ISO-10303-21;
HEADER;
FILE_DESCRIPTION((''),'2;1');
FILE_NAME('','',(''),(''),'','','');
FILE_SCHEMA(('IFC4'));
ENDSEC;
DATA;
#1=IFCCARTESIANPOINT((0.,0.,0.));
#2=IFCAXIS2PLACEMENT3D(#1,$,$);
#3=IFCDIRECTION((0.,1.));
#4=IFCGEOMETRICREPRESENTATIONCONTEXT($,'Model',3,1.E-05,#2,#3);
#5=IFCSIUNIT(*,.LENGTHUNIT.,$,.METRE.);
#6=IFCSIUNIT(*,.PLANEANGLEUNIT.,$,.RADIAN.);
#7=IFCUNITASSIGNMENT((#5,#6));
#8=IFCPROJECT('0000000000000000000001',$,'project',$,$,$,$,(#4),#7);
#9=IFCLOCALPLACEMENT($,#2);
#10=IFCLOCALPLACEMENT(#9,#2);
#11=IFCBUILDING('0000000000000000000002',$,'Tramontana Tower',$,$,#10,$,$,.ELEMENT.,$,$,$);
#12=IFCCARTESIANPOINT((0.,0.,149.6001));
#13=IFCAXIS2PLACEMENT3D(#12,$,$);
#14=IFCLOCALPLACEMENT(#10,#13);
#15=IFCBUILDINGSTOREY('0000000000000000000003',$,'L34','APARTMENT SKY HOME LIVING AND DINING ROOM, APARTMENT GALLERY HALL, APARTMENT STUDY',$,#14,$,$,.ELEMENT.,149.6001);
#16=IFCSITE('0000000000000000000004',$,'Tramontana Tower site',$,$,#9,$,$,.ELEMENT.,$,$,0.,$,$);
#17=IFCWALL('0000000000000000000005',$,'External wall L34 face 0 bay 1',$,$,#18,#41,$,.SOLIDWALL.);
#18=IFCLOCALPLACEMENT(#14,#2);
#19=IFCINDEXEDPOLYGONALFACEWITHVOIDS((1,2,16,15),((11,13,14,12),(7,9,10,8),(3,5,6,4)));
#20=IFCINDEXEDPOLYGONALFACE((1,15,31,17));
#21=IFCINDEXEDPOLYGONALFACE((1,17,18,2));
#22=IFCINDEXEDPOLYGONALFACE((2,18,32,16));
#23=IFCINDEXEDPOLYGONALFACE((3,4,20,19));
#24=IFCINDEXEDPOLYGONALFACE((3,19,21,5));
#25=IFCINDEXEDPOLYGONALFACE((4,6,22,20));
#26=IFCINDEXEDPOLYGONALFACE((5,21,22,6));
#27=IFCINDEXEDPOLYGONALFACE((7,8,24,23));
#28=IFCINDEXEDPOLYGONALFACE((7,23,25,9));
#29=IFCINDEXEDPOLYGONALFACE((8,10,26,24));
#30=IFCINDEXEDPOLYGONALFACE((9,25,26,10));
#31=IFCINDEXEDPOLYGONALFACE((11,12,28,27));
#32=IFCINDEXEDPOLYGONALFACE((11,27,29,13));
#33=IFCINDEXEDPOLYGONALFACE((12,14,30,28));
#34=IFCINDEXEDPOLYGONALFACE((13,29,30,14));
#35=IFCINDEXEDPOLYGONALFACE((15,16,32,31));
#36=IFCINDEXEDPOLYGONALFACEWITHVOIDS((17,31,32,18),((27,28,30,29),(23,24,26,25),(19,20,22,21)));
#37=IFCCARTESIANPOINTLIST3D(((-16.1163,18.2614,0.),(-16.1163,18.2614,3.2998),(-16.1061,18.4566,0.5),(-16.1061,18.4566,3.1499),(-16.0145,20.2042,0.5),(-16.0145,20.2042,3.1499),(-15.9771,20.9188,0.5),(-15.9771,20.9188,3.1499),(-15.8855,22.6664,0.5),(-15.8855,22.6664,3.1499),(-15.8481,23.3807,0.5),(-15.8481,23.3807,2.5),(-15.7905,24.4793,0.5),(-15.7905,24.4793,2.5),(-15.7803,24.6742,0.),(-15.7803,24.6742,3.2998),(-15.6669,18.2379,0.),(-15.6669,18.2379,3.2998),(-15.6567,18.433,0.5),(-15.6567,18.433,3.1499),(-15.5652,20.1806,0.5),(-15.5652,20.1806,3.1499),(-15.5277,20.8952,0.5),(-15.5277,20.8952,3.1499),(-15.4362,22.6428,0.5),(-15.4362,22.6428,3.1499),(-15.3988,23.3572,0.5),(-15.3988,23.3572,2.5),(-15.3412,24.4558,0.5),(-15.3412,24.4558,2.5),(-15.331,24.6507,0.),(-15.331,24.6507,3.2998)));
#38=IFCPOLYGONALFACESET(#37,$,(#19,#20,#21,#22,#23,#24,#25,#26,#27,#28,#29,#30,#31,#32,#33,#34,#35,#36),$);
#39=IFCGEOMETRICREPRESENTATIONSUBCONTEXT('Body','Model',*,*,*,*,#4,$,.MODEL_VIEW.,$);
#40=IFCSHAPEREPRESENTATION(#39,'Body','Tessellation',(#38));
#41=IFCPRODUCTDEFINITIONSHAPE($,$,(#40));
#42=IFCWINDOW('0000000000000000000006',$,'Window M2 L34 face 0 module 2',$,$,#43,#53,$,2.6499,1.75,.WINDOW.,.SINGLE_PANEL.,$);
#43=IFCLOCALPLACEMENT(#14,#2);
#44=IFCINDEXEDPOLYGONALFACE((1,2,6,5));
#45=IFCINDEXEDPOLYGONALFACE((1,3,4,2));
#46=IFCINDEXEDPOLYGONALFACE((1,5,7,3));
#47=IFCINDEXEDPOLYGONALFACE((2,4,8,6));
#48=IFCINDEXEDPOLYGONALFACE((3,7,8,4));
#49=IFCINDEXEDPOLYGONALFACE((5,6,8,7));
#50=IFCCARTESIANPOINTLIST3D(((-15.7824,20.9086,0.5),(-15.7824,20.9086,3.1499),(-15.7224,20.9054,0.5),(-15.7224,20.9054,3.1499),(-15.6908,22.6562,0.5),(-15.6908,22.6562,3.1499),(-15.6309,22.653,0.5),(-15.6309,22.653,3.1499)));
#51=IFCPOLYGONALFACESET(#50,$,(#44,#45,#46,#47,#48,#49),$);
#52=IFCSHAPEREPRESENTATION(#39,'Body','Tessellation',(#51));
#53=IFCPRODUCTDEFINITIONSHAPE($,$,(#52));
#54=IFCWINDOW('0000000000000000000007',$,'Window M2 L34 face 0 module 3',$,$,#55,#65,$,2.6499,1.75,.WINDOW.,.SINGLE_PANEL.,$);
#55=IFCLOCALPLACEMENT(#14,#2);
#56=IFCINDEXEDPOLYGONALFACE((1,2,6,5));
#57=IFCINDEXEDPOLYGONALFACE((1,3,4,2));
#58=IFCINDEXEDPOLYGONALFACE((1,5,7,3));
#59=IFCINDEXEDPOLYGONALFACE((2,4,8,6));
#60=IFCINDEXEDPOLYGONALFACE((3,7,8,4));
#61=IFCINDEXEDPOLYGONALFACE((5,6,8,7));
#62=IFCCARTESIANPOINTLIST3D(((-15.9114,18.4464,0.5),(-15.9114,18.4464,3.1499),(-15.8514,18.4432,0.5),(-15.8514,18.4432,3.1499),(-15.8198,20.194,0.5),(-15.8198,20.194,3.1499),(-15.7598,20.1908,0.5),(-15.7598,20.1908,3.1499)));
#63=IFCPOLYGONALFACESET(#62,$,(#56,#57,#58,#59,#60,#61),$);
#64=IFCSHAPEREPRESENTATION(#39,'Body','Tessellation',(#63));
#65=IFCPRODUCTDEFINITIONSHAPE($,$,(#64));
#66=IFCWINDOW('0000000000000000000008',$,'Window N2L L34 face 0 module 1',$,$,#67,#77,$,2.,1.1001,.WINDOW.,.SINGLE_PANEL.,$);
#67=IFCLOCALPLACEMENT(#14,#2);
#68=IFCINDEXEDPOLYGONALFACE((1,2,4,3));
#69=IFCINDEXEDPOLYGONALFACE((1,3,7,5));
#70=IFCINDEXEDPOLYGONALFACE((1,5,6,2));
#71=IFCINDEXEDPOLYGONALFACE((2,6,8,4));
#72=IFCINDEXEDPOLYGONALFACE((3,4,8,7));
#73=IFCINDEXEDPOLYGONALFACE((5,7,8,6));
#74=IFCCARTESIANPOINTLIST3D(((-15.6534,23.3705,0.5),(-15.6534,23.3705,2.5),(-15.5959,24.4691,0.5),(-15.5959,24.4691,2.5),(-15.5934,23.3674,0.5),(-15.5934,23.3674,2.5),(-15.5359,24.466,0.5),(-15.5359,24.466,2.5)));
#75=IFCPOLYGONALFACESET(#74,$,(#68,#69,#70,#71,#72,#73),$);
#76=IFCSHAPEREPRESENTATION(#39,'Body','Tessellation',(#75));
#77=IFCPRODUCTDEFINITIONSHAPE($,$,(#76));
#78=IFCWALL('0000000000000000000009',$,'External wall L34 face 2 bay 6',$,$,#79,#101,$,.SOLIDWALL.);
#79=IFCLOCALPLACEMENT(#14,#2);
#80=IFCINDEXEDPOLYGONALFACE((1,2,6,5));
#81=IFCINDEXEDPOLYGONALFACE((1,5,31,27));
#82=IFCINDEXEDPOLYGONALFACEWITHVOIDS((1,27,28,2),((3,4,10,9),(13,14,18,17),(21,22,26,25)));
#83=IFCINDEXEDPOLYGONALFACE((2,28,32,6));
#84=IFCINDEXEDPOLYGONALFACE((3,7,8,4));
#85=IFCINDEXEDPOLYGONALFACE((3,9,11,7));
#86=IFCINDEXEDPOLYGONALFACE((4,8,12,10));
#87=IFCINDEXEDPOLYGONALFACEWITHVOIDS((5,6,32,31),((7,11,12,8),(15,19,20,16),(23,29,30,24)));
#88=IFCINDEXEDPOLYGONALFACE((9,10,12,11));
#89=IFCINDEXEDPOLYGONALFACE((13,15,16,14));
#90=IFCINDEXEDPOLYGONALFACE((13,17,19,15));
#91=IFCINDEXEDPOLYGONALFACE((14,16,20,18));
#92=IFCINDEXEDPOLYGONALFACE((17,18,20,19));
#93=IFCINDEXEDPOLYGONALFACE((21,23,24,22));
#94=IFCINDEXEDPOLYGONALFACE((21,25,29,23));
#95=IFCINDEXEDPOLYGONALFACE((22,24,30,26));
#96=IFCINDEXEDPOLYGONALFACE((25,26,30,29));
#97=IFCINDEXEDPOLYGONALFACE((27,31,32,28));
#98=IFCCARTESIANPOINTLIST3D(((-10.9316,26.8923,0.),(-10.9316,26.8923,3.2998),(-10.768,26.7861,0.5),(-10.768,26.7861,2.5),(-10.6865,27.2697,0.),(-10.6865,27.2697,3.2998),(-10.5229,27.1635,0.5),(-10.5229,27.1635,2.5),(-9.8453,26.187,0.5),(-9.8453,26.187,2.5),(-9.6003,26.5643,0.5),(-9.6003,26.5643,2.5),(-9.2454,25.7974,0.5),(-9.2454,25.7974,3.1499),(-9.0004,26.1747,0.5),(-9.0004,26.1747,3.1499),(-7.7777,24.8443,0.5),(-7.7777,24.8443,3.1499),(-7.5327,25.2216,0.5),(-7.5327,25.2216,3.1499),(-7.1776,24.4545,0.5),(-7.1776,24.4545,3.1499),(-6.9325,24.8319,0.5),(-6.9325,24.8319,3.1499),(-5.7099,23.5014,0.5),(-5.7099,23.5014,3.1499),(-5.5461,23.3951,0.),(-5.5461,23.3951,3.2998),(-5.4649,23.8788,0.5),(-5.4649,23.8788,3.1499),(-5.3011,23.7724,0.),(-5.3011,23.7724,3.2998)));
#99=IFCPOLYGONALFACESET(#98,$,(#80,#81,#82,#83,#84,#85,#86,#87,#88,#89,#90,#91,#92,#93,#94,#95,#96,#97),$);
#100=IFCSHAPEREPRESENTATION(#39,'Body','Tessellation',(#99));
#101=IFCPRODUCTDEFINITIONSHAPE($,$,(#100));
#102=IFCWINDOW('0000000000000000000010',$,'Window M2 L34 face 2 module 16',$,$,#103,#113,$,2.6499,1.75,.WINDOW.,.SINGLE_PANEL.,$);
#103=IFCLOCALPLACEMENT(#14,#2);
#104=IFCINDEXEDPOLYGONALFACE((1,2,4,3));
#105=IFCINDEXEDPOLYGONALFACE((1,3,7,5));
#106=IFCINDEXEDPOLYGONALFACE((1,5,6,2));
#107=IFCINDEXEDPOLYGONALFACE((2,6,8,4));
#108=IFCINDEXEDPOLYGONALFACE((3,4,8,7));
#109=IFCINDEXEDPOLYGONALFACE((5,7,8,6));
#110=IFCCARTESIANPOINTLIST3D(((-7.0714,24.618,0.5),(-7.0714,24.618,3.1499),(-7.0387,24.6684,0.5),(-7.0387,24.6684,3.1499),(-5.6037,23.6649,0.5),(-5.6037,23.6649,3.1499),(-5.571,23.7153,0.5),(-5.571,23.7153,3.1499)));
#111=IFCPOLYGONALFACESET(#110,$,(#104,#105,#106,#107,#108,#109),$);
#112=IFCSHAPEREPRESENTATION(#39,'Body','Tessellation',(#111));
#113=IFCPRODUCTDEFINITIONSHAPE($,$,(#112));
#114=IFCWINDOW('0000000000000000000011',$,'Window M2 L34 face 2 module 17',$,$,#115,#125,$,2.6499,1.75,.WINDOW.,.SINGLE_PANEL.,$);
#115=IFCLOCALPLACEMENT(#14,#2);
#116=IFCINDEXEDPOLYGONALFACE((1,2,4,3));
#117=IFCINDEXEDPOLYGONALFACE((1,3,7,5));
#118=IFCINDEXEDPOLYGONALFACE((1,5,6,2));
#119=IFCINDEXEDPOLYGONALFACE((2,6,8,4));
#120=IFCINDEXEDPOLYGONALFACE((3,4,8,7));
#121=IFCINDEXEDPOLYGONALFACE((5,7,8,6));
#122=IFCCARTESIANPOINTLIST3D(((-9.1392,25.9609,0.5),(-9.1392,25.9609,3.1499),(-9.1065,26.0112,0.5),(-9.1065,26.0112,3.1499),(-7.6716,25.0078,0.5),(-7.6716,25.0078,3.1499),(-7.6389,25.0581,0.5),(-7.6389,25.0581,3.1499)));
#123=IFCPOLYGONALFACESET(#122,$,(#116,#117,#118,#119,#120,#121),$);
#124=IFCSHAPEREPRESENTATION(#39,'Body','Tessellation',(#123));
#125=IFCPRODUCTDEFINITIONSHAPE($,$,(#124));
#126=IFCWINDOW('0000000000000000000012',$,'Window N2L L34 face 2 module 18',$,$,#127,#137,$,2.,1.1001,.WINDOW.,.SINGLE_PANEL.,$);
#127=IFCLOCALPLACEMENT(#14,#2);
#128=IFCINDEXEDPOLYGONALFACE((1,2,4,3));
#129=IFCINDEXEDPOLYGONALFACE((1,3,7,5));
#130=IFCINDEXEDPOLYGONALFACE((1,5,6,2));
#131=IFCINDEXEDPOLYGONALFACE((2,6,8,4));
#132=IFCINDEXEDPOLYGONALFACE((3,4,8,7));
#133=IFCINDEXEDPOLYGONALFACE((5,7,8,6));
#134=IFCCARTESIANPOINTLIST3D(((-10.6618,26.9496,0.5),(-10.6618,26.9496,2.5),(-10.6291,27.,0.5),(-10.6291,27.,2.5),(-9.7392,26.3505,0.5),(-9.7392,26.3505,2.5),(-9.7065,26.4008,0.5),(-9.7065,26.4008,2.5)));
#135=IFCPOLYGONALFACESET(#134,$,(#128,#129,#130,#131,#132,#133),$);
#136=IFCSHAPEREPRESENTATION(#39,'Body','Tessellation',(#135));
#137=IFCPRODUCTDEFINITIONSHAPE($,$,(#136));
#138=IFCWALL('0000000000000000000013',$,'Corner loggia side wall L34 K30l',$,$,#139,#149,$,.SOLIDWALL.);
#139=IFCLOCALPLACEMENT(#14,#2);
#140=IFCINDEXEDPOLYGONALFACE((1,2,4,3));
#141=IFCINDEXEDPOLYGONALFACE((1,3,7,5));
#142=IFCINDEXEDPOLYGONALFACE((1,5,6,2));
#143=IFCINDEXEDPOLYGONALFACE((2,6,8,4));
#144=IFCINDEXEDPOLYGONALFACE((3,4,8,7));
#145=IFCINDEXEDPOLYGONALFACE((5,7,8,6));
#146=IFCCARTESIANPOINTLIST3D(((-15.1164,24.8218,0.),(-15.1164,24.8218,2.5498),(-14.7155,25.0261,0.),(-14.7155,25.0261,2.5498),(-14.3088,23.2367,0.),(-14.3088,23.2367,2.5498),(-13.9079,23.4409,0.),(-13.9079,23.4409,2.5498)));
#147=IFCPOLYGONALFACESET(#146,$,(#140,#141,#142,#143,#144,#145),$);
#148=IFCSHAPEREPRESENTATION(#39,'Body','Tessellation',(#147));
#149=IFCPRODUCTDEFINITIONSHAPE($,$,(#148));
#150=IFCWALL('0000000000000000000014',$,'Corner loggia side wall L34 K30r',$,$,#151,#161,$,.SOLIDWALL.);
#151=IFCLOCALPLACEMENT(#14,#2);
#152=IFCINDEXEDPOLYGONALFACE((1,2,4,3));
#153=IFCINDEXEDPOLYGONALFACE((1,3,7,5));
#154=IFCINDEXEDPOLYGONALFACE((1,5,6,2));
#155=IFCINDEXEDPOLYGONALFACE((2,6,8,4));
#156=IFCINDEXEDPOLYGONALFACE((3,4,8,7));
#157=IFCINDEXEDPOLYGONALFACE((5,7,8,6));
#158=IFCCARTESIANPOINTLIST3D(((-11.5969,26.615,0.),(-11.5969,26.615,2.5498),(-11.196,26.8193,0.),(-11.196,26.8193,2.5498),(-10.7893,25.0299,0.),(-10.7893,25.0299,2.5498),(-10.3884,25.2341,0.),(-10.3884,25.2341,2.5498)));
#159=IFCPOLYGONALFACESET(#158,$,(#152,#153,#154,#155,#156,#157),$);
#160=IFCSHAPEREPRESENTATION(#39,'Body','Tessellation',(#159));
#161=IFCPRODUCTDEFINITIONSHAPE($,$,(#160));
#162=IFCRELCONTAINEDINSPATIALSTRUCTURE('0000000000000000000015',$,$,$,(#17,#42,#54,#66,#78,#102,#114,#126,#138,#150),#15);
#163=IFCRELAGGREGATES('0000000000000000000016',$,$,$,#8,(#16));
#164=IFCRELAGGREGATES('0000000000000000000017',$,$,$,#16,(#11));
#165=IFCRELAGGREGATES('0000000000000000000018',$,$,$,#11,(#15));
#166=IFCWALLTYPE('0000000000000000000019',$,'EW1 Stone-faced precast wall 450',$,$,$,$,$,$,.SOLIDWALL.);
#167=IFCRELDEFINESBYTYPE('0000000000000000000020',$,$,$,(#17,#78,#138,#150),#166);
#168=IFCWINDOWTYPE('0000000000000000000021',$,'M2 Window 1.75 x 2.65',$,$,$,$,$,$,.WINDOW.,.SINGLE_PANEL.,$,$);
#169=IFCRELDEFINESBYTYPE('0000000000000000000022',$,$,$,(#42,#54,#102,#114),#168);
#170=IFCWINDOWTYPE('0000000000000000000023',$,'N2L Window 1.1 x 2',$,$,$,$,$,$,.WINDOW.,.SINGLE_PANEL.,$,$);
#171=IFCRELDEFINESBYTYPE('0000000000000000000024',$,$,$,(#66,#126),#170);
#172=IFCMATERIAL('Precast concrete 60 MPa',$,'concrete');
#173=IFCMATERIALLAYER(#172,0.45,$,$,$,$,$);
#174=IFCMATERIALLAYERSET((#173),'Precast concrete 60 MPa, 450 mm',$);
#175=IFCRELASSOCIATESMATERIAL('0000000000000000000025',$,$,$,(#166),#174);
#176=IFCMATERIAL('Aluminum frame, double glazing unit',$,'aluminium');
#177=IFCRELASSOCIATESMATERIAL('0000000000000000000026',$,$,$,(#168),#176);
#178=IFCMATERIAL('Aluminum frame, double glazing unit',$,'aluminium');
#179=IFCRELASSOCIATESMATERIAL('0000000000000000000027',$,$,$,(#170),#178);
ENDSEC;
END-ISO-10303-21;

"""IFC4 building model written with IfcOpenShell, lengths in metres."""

from ifc_helpers import new_model, si_unit, direction, frame, frame_2d, origin, place, context, subcontext, project, spatial, rectangle, extrude, material, layer, layer_set, type_object, element, fill, save


model = new_model("IFC4")

# Units and contexts
model_context = context("Model", 3, precision=1e-05, world=origin(), true_north=direction((0.0, 1.0)))
body_context = subcontext(model_context, "Body", "Model", "MODEL_VIEW")
ifc_project = project(units=[si_unit("LENGTHUNIT", "METRE"), si_unit("PLANEANGLEUNIT", "RADIAN")], contexts=[model_context])

# Site, building, storey
site_placement = place(None, origin())
site = spatial("IfcSite", under=ifc_project, at=site_placement, Name="Tramontana Tower site", CompositionType="ELEMENT", RefElevation=0.0)
building_placement = place(site_placement, origin())
building = spatial("IfcBuilding", under=site, at=building_placement, Name="Tramontana Tower", CompositionType="ELEMENT")
storey_placement = place(building_placement, frame((0.0, 0.0, 149.6001)))
storey = spatial("IfcBuildingStorey", under=building, at=storey_placement, Name="L34", Description="APARTMENT SKY HOME LIVING AND DINING ROOM, APARTMENT GALLERY HALL, APARTMENT STUDY", CompositionType="ELEMENT", Elevation=149.6001)

# Walls, openings, windows
ifc_material_1 = material(Name="Precast concrete 60 MPa", Category="concrete")
ifc_layer_1 = layer(ifc_material_1, 0.45)
ifc_layer_set_1 = layer_set([ifc_layer_1], Name="Precast concrete 60 MPa, 450 mm")
wall_type_1 = type_object("IfcWallType", Name="EW1 Stone-faced precast wall 450", PredefinedType="SOLIDWALL", material=ifc_layer_set_1)
wall_1_placement = place(storey_placement, frame((-15.5557, 24.6626, 0.0), z_axis=(0.0, 0.0, 1.0), x_axis=(-0.052313, -0.998631, 0.0)))
wall_1 = element("IfcWall", 1, at=wall_1_placement, inside=storey, type_object=wall_type_1, Name="External wall L34 face 0 bay 1", PredefinedType="SOLIDWALL", context=body_context, shape_type="SweptSolid", body=[
    extrude(rectangle(XDim=6.4216, YDim=0.45, at=frame_2d((3.2109, 0.0))), origin(), (0.0, 0.0, 1.0), 3.2998),
])
opening_1_placement = place(wall_1_placement, frame((0.1953, 0.0, 0.5)))
opening_1 = element("IfcOpeningElement", 2, at=opening_1_placement, cuts=wall_1, PredefinedType="OPENING", context=body_context, shape_type="SweptSolid", body=[
    extrude(rectangle(XDim=1.1001, YDim=2.0, at=frame_2d((0.55, 1.0))), frame((0.0, 0.2349, 0.0), z_axis=(0.0, -1.0, 0.0), x_axis=(1.0, 0.0, 0.0)), (0.0, 0.0, 1.0), 0.47),
])
opening_2_placement = place(wall_1_placement, frame((2.0107, 0.0, 0.5)))
opening_2 = element("IfcOpeningElement", 3, at=opening_2_placement, cuts=wall_1, PredefinedType="OPENING", context=body_context, shape_type="SweptSolid", body=[
    extrude(rectangle(XDim=1.75, YDim=2.6499, at=frame_2d((0.875, 1.325))), frame((0.0, 0.2349, 0.0), z_axis=(0.0, -1.0, 0.0), x_axis=(1.0, 0.0, 0.0)), (0.0, 0.0, 1.0), 0.47),
])
opening_3_placement = place(wall_1_placement, frame((4.4763, 0.0, 0.5)))
opening_3 = element("IfcOpeningElement", 4, at=opening_3_placement, cuts=wall_1, PredefinedType="OPENING", context=body_context, shape_type="SweptSolid", body=[
    extrude(rectangle(XDim=1.75, YDim=2.6499, at=frame_2d((0.875, 1.325))), frame((0.0, 0.2349, 0.0), z_axis=(0.0, -1.0, 0.0), x_axis=(1.0, 0.0, 0.0)), (0.0, 0.0, 1.0), 0.47),
])
ifc_material_2 = material(Name="Aluminum frame, double glazing unit", Category="aluminium")
window_type_1 = type_object("IfcWindowType", Name="M2 Window 1.75 x 2.65", PartitioningType="SINGLE_PANEL", PredefinedType="WINDOW", material=ifc_material_2)
window_1_placement = place(opening_2_placement, origin())
window_1 = element("IfcWindow", 5, at=window_1_placement, inside=storey, type_object=window_type_1, Name="Window M2 L34 face 0 module 2", OverallHeight=2.6499, OverallWidth=1.75, PartitioningType="SINGLE_PANEL", PredefinedType="WINDOW", context=body_context, shape_type="SweptSolid", body=[
    extrude(rectangle(XDim=1.75, YDim=2.6499, at=frame_2d((0.875, 1.325))), frame((0.0, 0.03, 0.0), z_axis=(0.0, -1.0, 0.0), x_axis=(1.0, 0.0, 0.0)), (0.0, 0.0, 1.0), 0.0601),
])
fill(opening_2, window_1)
window_2_placement = place(opening_3_placement, origin())
window_2 = element("IfcWindow", 6, at=window_2_placement, inside=storey, type_object=window_type_1, Name="Window M2 L34 face 0 module 3", OverallHeight=2.6499, OverallWidth=1.75, PartitioningType="SINGLE_PANEL", PredefinedType="WINDOW", context=body_context, shape_type="SweptSolid", body=[
    extrude(rectangle(XDim=1.75, YDim=2.6499, at=frame_2d((0.875, 1.325))), frame((0.0, 0.03, 0.0), z_axis=(0.0, -1.0, 0.0), x_axis=(1.0, 0.0, 0.0)), (0.0, 0.0, 1.0), 0.0601),
])
fill(opening_3, window_2)
ifc_material_3 = material(Name="Aluminum frame, double glazing unit", Category="aluminium")
window_type_2 = type_object("IfcWindowType", Name="N2L Window 1.1 x 2", PartitioningType="SINGLE_PANEL", PredefinedType="WINDOW", material=ifc_material_3)
window_3_placement = place(opening_1_placement, origin())
window_3 = element("IfcWindow", 7, at=window_3_placement, inside=storey, type_object=window_type_2, Name="Window N2L L34 face 0 module 1", OverallHeight=2.0, OverallWidth=1.1001, PartitioningType="SINGLE_PANEL", PredefinedType="WINDOW", context=body_context, shape_type="SweptSolid", body=[
    extrude(rectangle(XDim=1.1001, YDim=2.0, at=frame_2d((0.55, 1.0))), frame((0.0, 0.03, 0.0), z_axis=(0.0, -1.0, 0.0), x_axis=(1.0, 0.0, 0.0)), (0.0, 0.0, 1.0), 0.0601),
])
fill(opening_1, window_3)
wall_2_placement = place(storey_placement, frame((-5.4236, 23.5837, 0.0), z_axis=(0.0, 0.0, 1.0), x_axis=(-0.838675, 0.544631, 0.0)))
wall_2 = element("IfcWall", 8, at=wall_2_placement, inside=storey, type_object=wall_type_1, Name="External wall L34 face 2 bay 6", PredefinedType="SOLIDWALL", context=body_context, shape_type="SweptSolid", body=[
    extrude(rectangle(XDim=6.4214, YDim=0.45, at=frame_2d((3.2107, 0.0))), origin(), (0.0, 0.0, 1.0), 3.2998),
])
opening_4_placement = place(wall_2_placement, frame((0.1953, 0.0, 0.5)))
opening_4 = element("IfcOpeningElement", 9, at=opening_4_placement, cuts=wall_2, PredefinedType="OPENING", context=body_context, shape_type="SweptSolid", body=[
    extrude(rectangle(XDim=1.75, YDim=2.6499, at=frame_2d((0.875, 1.325))), frame((0.0, 0.2349, 0.0), z_axis=(0.0, -1.0, 0.0), x_axis=(1.0, 0.0, 0.0)), (0.0, 0.0, 1.0), 0.47),
])
opening_5_placement = place(wall_2_placement, frame((2.6609, 0.0, 0.5)))
opening_5 = element("IfcOpeningElement", 10, at=opening_5_placement, cuts=wall_2, PredefinedType="OPENING", context=body_context, shape_type="SweptSolid", body=[
    extrude(rectangle(XDim=1.75, YDim=2.6499, at=frame_2d((0.875, 1.325))), frame((0.0, 0.2349, 0.0), z_axis=(0.0, -1.0, 0.0), x_axis=(1.0, 0.0, 0.0)), (0.0, 0.0, 1.0), 0.47),
])
opening_6_placement = place(wall_2_placement, frame((5.1262, 0.0, 0.5)))
opening_6 = element("IfcOpeningElement", 11, at=opening_6_placement, cuts=wall_2, PredefinedType="OPENING", context=body_context, shape_type="SweptSolid", body=[
    extrude(rectangle(XDim=1.1001, YDim=2.0, at=frame_2d((0.55, 1.0))), frame((0.0, 0.2349, 0.0), z_axis=(0.0, -1.0, 0.0), x_axis=(1.0, 0.0, 0.0)), (0.0, 0.0, 1.0), 0.47),
])
window_4_placement = place(opening_4_placement, origin())
window_4 = element("IfcWindow", 12, at=window_4_placement, inside=storey, type_object=window_type_1, Name="Window M2 L34 face 2 module 16", OverallHeight=2.6499, OverallWidth=1.75, PartitioningType="SINGLE_PANEL", PredefinedType="WINDOW", context=body_context, shape_type="SweptSolid", body=[
    extrude(rectangle(XDim=1.75, YDim=2.6499, at=frame_2d((0.875, 1.325))), frame((0.0, 0.03, 0.0), z_axis=(0.0, -1.0, 0.0), x_axis=(1.0, 0.0, 0.0)), (0.0, 0.0, 1.0), 0.0601),
])
fill(opening_4, window_4)
window_5_placement = place(opening_5_placement, origin())
window_5 = element("IfcWindow", 13, at=window_5_placement, inside=storey, type_object=window_type_1, Name="Window M2 L34 face 2 module 17", OverallHeight=2.6499, OverallWidth=1.75, PartitioningType="SINGLE_PANEL", PredefinedType="WINDOW", context=body_context, shape_type="SweptSolid", body=[
    extrude(rectangle(XDim=1.75, YDim=2.6499, at=frame_2d((0.875, 1.325))), frame((0.0, 0.03, 0.0), z_axis=(0.0, -1.0, 0.0), x_axis=(1.0, 0.0, 0.0)), (0.0, 0.0, 1.0), 0.0601),
])
fill(opening_5, window_5)
window_6_placement = place(opening_6_placement, origin())
window_6 = element("IfcWindow", 14, at=window_6_placement, inside=storey, type_object=window_type_2, Name="Window N2L L34 face 2 module 18", OverallHeight=2.0, OverallWidth=1.1001, PartitioningType="SINGLE_PANEL", PredefinedType="WINDOW", context=body_context, shape_type="SweptSolid", body=[
    extrude(rectangle(XDim=1.1001, YDim=2.0, at=frame_2d((0.55, 1.0))), frame((0.0, 0.03, 0.0), z_axis=(0.0, -1.0, 0.0), x_axis=(1.0, 0.0, 0.0)), (0.0, 0.0, 1.0), 0.0601),
])
fill(opening_6, window_6)

# Walls
for number, where, z_axis, x_axis, name in (
    (15, (-14.916, 24.9241, 0.0), (0.0, 0.0, 1.0), (0.453953, -0.891026, 0.0), "Corner loggia side wall L34 K30l"),
    (16, (-11.3965, 26.7173, 0.0), (0.0, 0.0, 1.0), (0.453953, -0.891026, 0.0), "Corner loggia side wall L34 K30r"),
):
    element("IfcWall", number, at=place(storey_placement, frame(where, z_axis=z_axis, x_axis=x_axis)), inside=storey, type_object=wall_type_1, Name=name, PredefinedType="SOLIDWALL", context=body_context, shape_type="SweptSolid", body=[
        extrude(rectangle(XDim=1.7791, YDim=0.45, at=frame_2d((0.8896, 0.0))), origin(), (0.0, 0.0, 1.0), 2.5498),
    ])

save(model, "model.ifc")
